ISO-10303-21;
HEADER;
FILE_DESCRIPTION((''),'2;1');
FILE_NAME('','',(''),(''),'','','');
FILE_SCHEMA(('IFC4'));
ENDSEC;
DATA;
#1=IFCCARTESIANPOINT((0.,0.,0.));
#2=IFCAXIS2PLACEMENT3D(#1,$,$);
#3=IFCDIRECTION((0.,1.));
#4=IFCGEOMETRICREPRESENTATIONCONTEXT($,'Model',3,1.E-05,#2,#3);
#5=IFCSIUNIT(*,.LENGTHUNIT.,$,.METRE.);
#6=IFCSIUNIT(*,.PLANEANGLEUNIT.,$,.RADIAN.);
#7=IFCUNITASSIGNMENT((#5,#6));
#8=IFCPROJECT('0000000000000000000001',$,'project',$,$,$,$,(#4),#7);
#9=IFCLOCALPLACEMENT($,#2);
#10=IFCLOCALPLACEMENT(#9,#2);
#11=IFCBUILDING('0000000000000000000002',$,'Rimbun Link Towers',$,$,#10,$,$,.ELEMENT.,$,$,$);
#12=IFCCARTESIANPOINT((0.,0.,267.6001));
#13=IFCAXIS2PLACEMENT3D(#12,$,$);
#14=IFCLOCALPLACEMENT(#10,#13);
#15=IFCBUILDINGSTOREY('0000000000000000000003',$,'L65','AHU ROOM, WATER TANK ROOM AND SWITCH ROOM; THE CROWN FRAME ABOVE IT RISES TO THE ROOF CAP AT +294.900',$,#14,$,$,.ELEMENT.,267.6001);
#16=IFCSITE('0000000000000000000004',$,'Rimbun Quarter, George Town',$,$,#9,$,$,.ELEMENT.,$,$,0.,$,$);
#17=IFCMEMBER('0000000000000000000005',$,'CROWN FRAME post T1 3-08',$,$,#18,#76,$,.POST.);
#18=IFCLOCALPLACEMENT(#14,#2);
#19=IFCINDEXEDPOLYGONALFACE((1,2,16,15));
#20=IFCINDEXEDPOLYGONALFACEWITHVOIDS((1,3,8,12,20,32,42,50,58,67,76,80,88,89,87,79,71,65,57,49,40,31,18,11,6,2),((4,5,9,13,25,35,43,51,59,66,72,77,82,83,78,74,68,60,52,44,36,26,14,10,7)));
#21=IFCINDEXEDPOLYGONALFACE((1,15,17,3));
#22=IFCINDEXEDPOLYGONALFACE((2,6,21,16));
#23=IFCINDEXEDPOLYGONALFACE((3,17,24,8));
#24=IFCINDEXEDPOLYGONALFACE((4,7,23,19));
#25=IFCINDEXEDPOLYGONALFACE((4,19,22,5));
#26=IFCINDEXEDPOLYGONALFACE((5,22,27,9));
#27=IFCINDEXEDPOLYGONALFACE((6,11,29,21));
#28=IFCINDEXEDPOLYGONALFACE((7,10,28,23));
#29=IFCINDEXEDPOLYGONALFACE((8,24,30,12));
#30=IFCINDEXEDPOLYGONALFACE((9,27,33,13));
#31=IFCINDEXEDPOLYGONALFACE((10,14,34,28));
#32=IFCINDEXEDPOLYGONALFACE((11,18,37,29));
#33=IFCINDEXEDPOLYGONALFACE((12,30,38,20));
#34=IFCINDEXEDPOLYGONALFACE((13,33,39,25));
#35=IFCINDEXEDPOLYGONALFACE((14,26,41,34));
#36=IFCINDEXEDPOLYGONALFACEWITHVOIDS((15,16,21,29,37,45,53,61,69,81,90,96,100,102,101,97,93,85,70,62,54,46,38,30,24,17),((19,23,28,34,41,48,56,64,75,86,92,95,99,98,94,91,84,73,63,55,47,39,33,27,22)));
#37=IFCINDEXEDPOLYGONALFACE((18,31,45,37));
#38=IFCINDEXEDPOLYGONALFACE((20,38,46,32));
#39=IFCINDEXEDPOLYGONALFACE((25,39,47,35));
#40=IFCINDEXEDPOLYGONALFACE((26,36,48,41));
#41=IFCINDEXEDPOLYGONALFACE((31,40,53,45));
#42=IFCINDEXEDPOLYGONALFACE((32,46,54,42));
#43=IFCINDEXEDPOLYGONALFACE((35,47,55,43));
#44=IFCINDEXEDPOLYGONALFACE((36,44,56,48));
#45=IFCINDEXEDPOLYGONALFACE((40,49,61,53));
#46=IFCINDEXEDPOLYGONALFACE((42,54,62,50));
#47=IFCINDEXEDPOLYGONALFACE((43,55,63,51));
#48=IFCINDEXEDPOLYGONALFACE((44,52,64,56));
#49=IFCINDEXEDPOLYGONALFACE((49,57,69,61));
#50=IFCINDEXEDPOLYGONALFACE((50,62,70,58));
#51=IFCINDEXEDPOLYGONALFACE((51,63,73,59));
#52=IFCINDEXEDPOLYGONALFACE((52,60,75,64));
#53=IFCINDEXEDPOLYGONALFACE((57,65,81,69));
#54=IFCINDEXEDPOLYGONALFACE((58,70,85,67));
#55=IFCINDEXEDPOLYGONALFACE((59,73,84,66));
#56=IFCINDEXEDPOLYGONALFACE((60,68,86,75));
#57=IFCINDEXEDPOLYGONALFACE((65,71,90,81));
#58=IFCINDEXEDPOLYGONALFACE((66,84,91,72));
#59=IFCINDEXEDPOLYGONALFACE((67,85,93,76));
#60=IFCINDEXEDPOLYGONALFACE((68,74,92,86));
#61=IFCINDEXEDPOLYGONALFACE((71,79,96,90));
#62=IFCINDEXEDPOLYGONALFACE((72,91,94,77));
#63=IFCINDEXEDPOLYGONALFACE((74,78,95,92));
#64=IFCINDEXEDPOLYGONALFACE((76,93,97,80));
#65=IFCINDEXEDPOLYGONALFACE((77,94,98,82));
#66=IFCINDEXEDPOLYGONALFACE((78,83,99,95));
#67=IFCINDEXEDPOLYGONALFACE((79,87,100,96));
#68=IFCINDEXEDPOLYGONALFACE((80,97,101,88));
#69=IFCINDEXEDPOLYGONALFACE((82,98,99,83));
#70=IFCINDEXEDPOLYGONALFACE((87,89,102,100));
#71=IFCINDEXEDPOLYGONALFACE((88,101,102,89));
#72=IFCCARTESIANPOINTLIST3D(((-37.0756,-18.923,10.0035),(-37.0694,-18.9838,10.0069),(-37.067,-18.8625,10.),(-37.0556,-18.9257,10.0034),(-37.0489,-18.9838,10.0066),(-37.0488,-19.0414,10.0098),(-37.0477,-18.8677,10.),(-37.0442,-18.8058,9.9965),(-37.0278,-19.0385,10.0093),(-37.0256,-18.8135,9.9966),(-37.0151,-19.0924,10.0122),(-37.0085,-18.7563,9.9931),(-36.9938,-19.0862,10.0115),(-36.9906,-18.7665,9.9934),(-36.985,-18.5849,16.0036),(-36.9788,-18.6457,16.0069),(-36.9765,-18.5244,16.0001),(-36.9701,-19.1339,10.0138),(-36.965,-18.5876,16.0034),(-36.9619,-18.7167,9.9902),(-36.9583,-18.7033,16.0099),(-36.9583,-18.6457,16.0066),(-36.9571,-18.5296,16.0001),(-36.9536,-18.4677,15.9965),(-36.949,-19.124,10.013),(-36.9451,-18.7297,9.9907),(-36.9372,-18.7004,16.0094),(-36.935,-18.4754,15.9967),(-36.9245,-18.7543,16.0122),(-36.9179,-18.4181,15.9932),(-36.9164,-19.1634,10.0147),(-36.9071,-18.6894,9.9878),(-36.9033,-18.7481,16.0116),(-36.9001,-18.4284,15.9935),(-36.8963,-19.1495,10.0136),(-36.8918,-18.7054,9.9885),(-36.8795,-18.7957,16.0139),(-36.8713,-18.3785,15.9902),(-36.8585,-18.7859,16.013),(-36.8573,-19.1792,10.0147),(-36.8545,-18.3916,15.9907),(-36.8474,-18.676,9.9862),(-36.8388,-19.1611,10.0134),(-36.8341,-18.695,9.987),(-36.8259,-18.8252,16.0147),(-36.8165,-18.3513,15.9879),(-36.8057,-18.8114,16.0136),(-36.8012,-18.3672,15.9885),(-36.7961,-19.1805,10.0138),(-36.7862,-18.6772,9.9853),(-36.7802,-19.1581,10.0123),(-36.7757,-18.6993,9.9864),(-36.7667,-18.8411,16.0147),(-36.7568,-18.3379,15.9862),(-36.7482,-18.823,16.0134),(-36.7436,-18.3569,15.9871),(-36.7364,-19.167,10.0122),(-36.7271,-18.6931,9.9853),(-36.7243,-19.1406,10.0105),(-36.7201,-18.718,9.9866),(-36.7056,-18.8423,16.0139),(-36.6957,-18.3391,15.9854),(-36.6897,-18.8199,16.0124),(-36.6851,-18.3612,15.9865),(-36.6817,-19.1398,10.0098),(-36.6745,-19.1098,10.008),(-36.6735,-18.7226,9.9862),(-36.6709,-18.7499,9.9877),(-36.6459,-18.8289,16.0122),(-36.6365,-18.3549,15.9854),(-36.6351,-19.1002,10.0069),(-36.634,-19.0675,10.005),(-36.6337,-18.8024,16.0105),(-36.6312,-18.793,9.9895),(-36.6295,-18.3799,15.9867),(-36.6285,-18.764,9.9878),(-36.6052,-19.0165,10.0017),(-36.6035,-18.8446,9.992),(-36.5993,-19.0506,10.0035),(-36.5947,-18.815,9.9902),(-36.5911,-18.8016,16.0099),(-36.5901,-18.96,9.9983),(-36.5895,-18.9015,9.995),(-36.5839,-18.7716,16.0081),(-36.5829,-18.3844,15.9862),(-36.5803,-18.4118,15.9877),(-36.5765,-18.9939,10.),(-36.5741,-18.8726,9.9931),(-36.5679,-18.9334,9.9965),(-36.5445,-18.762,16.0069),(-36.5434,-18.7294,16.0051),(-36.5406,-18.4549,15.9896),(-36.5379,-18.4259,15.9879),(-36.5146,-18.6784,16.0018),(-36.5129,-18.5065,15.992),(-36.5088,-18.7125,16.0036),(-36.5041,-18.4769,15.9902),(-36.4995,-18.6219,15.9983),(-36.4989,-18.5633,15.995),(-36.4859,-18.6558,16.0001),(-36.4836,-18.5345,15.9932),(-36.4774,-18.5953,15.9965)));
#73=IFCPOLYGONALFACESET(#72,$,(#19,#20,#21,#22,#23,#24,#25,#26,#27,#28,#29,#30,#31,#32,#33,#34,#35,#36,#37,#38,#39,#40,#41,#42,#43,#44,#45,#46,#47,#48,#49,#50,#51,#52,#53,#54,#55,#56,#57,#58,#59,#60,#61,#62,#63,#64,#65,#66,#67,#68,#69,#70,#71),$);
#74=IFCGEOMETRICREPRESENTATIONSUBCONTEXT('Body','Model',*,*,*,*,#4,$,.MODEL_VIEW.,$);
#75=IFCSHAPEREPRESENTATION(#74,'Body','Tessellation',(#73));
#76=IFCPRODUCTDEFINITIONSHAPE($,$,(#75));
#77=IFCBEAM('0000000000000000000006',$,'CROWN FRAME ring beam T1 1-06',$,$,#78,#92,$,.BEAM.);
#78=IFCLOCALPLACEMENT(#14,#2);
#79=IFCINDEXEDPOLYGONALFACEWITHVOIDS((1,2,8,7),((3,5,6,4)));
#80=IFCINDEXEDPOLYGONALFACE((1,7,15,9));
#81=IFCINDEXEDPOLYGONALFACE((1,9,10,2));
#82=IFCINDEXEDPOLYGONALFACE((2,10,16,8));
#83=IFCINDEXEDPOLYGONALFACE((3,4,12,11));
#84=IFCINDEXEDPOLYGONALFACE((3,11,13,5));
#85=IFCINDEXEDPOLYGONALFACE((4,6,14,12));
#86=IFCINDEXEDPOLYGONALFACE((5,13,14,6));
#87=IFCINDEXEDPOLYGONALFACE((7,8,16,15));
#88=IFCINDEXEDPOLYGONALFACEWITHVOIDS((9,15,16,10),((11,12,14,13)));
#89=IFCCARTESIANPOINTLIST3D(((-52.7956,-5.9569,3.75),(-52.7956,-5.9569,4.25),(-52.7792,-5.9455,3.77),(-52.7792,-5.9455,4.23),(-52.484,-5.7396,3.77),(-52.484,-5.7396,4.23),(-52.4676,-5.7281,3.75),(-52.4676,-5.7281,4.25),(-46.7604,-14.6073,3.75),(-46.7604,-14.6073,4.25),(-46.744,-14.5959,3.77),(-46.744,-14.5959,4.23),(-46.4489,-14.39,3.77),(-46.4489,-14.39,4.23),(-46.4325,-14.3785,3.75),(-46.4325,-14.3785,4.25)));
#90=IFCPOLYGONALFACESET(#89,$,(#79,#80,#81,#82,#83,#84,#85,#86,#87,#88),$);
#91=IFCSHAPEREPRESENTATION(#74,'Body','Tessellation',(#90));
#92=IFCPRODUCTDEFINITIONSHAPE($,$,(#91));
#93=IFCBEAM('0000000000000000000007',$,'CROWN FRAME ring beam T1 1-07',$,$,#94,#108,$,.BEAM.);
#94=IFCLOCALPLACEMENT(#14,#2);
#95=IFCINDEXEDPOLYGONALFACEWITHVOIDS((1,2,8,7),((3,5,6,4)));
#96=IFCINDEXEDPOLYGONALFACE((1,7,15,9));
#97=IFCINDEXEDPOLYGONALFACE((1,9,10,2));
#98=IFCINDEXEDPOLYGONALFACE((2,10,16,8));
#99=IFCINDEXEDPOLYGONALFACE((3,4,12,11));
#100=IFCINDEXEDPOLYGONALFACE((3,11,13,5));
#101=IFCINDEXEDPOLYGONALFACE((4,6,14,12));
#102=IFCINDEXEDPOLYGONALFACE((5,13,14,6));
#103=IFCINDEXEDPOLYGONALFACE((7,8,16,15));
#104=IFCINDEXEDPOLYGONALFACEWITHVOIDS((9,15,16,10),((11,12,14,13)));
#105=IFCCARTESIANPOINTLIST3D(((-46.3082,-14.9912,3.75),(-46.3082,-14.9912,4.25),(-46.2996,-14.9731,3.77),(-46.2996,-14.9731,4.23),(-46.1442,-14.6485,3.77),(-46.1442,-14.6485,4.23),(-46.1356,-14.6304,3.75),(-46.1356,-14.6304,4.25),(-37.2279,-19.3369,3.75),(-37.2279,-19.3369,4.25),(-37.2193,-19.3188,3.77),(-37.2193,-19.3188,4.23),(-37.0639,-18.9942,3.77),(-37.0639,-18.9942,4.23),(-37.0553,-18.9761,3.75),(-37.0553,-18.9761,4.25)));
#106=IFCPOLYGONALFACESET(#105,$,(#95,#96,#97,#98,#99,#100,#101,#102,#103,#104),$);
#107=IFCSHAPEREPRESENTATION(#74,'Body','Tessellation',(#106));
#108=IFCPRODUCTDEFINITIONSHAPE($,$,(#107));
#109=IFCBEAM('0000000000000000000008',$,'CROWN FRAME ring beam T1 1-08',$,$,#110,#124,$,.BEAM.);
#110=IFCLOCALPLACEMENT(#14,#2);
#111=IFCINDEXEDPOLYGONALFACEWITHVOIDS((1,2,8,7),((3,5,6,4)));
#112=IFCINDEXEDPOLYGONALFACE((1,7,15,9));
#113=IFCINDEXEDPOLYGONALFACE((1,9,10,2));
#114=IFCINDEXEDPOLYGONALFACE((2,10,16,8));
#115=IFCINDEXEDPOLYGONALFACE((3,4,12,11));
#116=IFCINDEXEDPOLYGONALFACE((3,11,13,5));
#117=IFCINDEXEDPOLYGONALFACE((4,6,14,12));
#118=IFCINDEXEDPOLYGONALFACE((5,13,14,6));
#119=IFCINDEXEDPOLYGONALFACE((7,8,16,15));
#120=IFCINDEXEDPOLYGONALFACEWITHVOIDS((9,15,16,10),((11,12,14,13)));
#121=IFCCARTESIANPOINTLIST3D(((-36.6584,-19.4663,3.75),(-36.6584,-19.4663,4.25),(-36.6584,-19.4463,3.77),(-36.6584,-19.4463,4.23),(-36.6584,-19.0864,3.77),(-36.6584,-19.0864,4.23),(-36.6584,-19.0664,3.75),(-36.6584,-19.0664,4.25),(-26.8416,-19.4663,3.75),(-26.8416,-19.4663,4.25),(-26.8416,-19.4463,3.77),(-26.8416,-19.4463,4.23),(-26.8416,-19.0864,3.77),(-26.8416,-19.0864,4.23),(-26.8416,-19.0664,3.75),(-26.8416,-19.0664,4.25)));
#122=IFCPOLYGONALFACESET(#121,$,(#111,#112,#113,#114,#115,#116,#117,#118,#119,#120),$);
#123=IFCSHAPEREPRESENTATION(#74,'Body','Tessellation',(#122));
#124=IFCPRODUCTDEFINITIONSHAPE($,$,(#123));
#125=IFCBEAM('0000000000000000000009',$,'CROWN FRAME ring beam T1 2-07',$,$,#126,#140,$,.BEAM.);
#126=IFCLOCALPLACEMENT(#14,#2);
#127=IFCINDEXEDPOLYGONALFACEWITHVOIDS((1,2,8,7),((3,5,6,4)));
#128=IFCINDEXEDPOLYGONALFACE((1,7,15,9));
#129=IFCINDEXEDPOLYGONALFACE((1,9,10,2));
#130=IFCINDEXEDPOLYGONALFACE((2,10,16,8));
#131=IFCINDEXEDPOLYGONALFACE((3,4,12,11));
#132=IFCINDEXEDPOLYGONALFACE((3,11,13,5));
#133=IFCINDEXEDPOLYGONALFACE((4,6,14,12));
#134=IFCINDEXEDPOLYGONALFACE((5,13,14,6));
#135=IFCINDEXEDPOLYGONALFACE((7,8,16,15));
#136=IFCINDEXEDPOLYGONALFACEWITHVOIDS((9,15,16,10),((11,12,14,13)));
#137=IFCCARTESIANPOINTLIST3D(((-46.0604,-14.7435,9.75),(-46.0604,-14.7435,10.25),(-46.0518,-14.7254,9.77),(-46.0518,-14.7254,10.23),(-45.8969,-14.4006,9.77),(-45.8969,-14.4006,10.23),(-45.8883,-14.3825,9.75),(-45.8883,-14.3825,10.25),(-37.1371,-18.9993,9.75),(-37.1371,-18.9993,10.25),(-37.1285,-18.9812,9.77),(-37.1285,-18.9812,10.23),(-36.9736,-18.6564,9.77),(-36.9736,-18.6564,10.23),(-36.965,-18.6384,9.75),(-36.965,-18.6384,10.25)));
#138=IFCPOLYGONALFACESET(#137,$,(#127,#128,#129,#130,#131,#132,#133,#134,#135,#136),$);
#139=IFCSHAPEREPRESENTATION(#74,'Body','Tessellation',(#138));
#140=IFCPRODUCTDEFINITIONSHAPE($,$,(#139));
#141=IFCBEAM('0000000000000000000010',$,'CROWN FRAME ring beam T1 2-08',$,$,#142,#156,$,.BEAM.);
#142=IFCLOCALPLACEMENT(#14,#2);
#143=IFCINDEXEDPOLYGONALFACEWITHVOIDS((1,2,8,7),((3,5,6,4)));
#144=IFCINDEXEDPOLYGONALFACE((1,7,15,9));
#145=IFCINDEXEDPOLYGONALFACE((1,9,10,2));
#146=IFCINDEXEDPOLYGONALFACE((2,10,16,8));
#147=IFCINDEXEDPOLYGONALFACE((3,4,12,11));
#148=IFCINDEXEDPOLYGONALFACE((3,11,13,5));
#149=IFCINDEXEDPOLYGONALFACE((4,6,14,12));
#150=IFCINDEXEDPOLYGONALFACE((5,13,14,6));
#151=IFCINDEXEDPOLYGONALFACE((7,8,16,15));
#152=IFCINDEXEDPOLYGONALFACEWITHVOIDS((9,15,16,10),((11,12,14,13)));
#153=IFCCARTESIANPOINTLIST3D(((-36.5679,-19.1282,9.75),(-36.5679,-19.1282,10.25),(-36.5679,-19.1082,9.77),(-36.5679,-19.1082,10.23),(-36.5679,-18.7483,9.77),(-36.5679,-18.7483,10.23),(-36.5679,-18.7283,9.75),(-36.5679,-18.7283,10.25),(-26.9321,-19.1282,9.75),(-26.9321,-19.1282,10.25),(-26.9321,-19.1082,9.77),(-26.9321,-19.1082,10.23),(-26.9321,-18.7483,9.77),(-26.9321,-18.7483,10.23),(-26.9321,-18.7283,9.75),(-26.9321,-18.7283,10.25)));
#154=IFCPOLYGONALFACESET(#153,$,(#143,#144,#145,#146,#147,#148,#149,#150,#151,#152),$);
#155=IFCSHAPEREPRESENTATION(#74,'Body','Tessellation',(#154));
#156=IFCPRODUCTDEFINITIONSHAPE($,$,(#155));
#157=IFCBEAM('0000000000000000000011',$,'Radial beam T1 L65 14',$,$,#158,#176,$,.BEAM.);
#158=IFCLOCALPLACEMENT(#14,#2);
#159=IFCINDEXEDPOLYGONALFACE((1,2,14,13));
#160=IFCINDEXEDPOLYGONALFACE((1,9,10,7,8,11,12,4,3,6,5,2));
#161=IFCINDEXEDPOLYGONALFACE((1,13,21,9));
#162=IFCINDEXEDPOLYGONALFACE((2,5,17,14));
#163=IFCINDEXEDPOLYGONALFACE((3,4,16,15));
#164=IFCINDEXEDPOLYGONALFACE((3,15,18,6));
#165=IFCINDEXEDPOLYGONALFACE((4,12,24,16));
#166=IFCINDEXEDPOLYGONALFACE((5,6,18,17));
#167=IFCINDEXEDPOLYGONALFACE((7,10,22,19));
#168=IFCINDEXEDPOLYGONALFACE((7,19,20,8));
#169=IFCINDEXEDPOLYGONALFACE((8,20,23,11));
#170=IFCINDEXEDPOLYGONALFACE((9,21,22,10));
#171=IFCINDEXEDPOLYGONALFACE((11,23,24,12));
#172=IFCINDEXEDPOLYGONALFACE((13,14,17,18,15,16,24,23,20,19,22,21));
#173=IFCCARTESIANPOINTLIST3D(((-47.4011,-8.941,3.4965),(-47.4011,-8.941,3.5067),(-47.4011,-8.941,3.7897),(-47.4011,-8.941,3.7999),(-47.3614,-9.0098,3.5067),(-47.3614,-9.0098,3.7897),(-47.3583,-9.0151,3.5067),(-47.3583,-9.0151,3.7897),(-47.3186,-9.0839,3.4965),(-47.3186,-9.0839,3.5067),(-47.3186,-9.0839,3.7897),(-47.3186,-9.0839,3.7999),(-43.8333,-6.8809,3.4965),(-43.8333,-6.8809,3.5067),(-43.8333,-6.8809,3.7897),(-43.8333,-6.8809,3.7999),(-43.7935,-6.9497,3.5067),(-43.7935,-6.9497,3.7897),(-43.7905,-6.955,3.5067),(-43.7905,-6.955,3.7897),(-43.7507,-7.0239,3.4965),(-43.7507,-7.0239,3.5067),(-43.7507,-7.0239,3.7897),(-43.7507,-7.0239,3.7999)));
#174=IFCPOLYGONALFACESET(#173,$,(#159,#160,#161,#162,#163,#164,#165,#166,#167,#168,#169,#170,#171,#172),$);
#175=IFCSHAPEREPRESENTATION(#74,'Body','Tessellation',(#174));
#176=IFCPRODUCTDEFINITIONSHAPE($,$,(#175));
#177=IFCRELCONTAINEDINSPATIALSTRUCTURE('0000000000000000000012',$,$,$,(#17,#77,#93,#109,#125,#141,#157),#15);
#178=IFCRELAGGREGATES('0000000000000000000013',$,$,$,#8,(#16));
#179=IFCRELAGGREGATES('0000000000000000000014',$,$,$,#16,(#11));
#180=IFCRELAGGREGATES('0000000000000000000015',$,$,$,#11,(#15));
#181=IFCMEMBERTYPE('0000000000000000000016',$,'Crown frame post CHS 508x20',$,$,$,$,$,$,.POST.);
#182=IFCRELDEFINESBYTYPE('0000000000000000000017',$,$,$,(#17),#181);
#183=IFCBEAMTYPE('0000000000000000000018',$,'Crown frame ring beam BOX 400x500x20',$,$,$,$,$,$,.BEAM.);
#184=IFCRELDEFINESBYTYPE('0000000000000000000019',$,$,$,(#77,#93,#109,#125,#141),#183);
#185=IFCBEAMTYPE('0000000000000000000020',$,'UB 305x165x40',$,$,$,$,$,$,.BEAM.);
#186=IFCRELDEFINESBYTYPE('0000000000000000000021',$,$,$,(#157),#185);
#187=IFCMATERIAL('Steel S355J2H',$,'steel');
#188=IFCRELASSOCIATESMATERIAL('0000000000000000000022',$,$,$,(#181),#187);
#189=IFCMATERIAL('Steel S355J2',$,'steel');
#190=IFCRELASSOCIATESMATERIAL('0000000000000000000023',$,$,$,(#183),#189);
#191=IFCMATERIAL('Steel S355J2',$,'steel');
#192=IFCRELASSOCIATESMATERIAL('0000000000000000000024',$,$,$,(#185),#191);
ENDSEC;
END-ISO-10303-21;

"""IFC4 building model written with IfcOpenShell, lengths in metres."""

from ifc_helpers import new_model, si_unit, direction, frame, origin, origin_2d, place, context, subcontext, project, spatial, hollow_rectangle, hollow_circle, i_section, extrude, material, material_profile, profile_set, type_object, element, save


model = new_model("IFC4")

# Units and contexts
model_context = context("Model", 3, precision=1e-05, world=origin(), true_north=direction((0.0, 1.0)))
body_context = subcontext(model_context, "Body", "Model", "MODEL_VIEW")
ifc_project = project(units=[si_unit("LENGTHUNIT", "METRE"), si_unit("PLANEANGLEUNIT", "RADIAN")], contexts=[model_context])

# Site, building, storey
site_placement = place(None, origin())
site = spatial("IfcSite", under=ifc_project, at=site_placement, Name="Rimbun Quarter, George Town", CompositionType="ELEMENT", RefElevation=0.0)
building_placement = place(site_placement, origin())
building = spatial("IfcBuilding", under=site, at=building_placement, Name="Rimbun Link Towers", CompositionType="ELEMENT")
storey_placement = place(building_placement, frame((0.0, 0.0, 267.6001)))
storey = spatial("IfcBuildingStorey", under=building, at=storey_placement, Name="L65", Description="AHU ROOM, WATER TANK ROOM AND SWITCH ROOM; THE CROWN FRAME ABOVE IT RISES TO THE ROOF CAP AT +294.900", CompositionType="ELEMENT", Elevation=267.6001)

# Member
ifc_material_1 = material(Name="Steel S355J2H", Category="steel")
ifc_material_profile_1 = material_profile(ifc_material_1, hollow_circle(Radius=0.2539, WallThickness=0.02, at=origin_2d()), Name="Crown frame post CHS 508x20")
ifc_profile_set_1 = profile_set([ifc_material_profile_1], Name="Steel S355J2H")
member_type_1 = type_object("IfcMemberType", Name="Crown frame post CHS 508x20", PredefinedType="POST", material=ifc_profile_set_1)
for number, where, z_axis, x_axis, name in (
    (1, (-36.8218, -18.9282, 10.0), (0.01507, 0.05626, 0.998302), (-0.965945, 0.258748, 0.0), "CROWN FRAME post T1 3-08"),
):
    element("IfcMember", number, at=place(storey_placement, frame(where, z_axis=z_axis, x_axis=x_axis)), inside=storey, type_object=member_type_1, Name=name, PredefinedType="POST", context=body_context, shape_type="SweptSolid", body=[
        extrude(hollow_circle(Radius=0.2539, WallThickness=0.02, at=origin_2d()), origin(), (0.0, 0.0, 1.0), 6.0103),
    ])

# Beams
ifc_material_2 = material(Name="Steel S355J2", Category="steel")
ifc_material_profile_2 = material_profile(ifc_material_2, hollow_rectangle(XDim=0.3999, YDim=0.5, WallThickness=0.02, at=origin_2d()), Name="Crown frame ring beam BOX 400x500x20")
ifc_profile_set_2 = profile_set([ifc_material_profile_2], Name="Steel S355J2")
beam_type_1 = type_object("IfcBeamType", Name="Crown frame ring beam BOX 400x500x20", PredefinedType="BEAM", material=ifc_profile_set_2)
beam_1_placement = place(storey_placement, frame((-52.6316, -5.8425, 4.0), z_axis=(0.572182, -0.820127, 0.0), x_axis=(0.820127, 0.572182, 0.0)))
element("IfcBeam", 2, at=beam_1_placement, inside=storey, type_object=beam_type_1, Name="CROWN FRAME ring beam T1 1-06", PredefinedType="BEAM", context=body_context, shape_type="SweptSolid", body=[
    extrude(hollow_rectangle(XDim=0.3999, YDim=0.5, WallThickness=0.02, at=origin_2d()), origin(), (0.0, 0.0, 1.0), 10.5476),
])
beam_2_placement = place(storey_placement, frame((-46.2219, -14.8108, 4.0), z_axis=(0.902021, -0.431693, 0.0), x_axis=(0.431693, 0.902021, 0.0)))
element("IfcBeam", 3, at=beam_2_placement, inside=storey, type_object=beam_type_1, Name="CROWN FRAME ring beam T1 1-07", PredefinedType="BEAM", context=body_context, shape_type="SweptSolid", body=[
    extrude(hollow_rectangle(XDim=0.3999, YDim=0.5, WallThickness=0.02, at=origin_2d()), origin(), (0.0, 0.0, 1.0), 10.0667),
])
beam_3_placement = place(storey_placement, frame((-36.6584, -19.2664, 4.0), z_axis=(1.0, 0.0, 0.0), x_axis=(0.0, 1.0, 0.0)))
element("IfcBeam", 4, at=beam_3_placement, inside=storey, type_object=beam_type_1, Name="CROWN FRAME ring beam T1 1-08", PredefinedType="BEAM", context=body_context, shape_type="SweptSolid", body=[
    extrude(hollow_rectangle(XDim=0.3999, YDim=0.5, WallThickness=0.02, at=origin_2d()), origin(), (0.0, 0.0, 1.0), 9.8169),
])
beam_4_placement = place(storey_placement, frame((-45.9744, -14.563, 10.0), z_axis=(0.902599, -0.430482, 0.0), x_axis=(0.430482, 0.902599, 0.0)))
element("IfcBeam", 5, at=beam_4_placement, inside=storey, type_object=beam_type_1, Name="CROWN FRAME ring beam T1 2-07", PredefinedType="BEAM", context=body_context, shape_type="SweptSolid", body=[
    extrude(hollow_rectangle(XDim=0.3999, YDim=0.5, WallThickness=0.02, at=origin_2d()), origin(), (0.0, 0.0, 1.0), 9.8862),
])
beam_5_placement = place(storey_placement, frame((-36.5679, -18.9282, 10.0), z_axis=(1.0, 0.0, 0.0), x_axis=(0.0, 1.0, 0.0)))
element("IfcBeam", 6, at=beam_5_placement, inside=storey, type_object=beam_type_1, Name="CROWN FRAME ring beam T1 2-08", PredefinedType="BEAM", context=body_context, shape_type="SweptSolid", body=[
    extrude(hollow_rectangle(XDim=0.3999, YDim=0.5, WallThickness=0.02, at=origin_2d()), origin(), (0.0, 0.0, 1.0), 9.6357),
])
ifc_material_3 = material(Name="Steel S355J2", Category="steel")
ifc_material_profile_3 = material_profile(ifc_material_3, i_section(OverallWidth=0.165, OverallDepth=0.3035, WebThickness=0.0061, FlangeThickness=0.0103, at=origin_2d()), Name="UB 305x165x40")
ifc_profile_set_3 = profile_set([ifc_material_profile_3], Name="Steel S355J2")
beam_type_2 = type_object("IfcBeamType", Name="UB 305x165x40", PredefinedType="BEAM", material=ifc_profile_set_3)
beam_6_placement = place(storey_placement, frame((-43.792, -6.9524, 3.6482), z_axis=(-0.86601, -0.500027, 0.0), x_axis=(0.500027, -0.86601, 0.0)))
element("IfcBeam", 7, at=beam_6_placement, inside=storey, type_object=beam_type_2, Name="Radial beam T1 L65 14", PredefinedType="BEAM", context=body_context, shape_type="SweptSolid", body=[
    extrude(i_section(OverallWidth=0.165, OverallDepth=0.3035, WebThickness=0.0061, FlangeThickness=0.0103, at=origin_2d()), origin(), (0.0, 0.0, 1.0), 4.1199),
])

save(model, "model.ifc")
